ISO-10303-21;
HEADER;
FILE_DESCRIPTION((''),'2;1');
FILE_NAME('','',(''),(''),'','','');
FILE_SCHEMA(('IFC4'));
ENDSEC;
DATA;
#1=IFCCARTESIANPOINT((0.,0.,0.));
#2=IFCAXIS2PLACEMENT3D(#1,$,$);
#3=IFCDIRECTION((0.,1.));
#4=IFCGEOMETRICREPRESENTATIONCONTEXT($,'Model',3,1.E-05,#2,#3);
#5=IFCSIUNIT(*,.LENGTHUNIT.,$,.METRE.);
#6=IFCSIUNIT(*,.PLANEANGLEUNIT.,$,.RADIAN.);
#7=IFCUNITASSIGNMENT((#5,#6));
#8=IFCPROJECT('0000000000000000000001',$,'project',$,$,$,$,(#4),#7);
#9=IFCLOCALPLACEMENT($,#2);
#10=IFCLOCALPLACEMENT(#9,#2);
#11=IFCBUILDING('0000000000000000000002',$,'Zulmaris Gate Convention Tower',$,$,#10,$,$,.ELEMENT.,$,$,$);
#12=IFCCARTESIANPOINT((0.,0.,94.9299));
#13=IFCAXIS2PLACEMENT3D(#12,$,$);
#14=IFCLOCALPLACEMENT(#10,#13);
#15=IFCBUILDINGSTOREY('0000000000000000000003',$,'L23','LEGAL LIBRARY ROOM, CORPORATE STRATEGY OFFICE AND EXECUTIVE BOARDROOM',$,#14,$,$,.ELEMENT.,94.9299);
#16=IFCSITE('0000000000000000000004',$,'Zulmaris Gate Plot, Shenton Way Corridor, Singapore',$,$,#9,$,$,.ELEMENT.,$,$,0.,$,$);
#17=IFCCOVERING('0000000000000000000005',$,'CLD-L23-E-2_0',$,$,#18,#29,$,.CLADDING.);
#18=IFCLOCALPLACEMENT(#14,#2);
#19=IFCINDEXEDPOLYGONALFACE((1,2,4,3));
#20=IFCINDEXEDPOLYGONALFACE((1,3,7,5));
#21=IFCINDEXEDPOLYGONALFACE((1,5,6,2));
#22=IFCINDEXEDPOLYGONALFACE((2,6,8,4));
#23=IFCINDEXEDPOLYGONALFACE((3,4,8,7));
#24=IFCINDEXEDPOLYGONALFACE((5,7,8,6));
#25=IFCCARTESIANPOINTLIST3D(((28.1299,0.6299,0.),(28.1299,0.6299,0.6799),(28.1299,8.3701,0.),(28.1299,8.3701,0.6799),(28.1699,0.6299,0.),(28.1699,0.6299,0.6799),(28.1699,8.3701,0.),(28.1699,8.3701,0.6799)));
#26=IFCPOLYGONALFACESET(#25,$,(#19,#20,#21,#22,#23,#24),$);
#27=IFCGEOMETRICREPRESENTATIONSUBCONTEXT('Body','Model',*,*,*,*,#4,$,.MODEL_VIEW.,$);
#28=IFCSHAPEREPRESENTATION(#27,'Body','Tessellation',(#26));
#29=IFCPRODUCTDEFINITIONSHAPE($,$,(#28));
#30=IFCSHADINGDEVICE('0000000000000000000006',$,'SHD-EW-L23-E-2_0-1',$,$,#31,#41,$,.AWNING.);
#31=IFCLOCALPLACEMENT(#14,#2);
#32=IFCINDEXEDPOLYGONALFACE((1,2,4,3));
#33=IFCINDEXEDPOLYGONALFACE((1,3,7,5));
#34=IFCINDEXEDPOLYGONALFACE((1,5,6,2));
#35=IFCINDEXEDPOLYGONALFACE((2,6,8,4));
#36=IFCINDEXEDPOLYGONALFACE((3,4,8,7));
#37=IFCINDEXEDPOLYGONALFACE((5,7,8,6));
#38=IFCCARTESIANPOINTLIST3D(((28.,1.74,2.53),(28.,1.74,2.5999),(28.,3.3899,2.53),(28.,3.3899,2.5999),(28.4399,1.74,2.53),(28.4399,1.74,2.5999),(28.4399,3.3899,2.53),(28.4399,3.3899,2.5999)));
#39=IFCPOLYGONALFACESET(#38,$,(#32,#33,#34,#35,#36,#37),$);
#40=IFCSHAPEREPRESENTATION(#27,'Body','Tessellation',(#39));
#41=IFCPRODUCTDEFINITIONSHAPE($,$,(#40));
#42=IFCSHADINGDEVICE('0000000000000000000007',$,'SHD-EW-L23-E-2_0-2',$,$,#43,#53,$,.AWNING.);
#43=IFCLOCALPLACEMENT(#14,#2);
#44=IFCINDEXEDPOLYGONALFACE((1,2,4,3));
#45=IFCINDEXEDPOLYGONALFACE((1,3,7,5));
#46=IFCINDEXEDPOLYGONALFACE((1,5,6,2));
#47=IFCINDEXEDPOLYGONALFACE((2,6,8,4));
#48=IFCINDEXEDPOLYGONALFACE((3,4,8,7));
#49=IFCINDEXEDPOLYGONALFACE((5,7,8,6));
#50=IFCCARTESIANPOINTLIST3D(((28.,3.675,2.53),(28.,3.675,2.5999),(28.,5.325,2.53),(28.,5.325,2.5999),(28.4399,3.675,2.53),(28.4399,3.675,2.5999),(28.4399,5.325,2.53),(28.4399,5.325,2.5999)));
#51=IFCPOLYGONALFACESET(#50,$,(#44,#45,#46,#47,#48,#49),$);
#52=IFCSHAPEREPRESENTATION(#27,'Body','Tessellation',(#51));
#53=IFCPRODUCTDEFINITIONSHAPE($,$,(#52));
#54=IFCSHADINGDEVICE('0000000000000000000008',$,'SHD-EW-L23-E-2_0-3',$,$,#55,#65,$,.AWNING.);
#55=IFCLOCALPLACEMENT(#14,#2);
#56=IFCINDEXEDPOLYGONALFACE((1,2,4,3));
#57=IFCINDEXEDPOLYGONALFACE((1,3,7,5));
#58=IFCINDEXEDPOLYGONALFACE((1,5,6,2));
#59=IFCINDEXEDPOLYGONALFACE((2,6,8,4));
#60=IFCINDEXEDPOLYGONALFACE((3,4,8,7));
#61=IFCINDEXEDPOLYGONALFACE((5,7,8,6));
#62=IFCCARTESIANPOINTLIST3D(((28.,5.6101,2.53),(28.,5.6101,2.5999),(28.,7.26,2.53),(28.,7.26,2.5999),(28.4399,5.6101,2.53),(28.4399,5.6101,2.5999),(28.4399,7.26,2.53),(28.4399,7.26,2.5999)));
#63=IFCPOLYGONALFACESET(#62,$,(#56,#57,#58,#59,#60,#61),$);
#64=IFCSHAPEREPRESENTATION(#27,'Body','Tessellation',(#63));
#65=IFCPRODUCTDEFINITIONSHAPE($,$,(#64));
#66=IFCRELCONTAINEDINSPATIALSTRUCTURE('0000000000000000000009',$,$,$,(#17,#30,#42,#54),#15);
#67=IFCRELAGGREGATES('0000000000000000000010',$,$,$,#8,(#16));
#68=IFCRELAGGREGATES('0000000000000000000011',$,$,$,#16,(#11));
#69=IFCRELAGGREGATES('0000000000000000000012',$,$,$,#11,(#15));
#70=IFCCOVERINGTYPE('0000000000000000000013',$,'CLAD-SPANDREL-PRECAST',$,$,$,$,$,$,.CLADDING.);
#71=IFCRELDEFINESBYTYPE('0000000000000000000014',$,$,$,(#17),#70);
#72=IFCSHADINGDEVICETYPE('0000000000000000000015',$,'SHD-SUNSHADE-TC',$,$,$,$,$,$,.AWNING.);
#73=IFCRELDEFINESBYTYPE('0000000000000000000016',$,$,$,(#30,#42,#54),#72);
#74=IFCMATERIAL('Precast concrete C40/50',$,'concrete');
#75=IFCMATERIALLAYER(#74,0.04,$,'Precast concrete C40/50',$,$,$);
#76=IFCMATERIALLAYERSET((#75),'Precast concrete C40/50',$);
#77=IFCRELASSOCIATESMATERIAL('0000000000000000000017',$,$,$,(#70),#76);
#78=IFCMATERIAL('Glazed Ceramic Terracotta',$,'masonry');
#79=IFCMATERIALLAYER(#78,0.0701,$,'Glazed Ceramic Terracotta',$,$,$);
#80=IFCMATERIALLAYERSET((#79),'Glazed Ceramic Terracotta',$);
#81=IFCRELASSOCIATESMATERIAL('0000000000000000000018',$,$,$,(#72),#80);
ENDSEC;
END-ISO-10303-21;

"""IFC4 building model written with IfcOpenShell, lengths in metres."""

from ifc_helpers import new_model, si_unit, direction, frame, frame_2d, origin, place, context, subcontext, project, spatial, rectangle, extrude, material, layer, layer_set, type_object, element, save


model = new_model("IFC4")

# Units and contexts
model_context = context("Model", 3, precision=1e-05, world=origin(), true_north=direction((0.0, 1.0)))
body_context = subcontext(model_context, "Body", "Model", "MODEL_VIEW")
ifc_project = project(units=[si_unit("LENGTHUNIT", "METRE"), si_unit("PLANEANGLEUNIT", "RADIAN")], contexts=[model_context])

# Site, building, storey
site_placement = place(None, origin())
site = spatial("IfcSite", under=ifc_project, at=site_placement, Name="Zulmaris Gate Plot, Shenton Way Corridor, Singapore", CompositionType="ELEMENT", RefElevation=0.0)
building_placement = place(site_placement, origin())
building = spatial("IfcBuilding", under=site, at=building_placement, Name="Zulmaris Gate Convention Tower", CompositionType="ELEMENT")
storey_placement = place(building_placement, frame((0.0, 0.0, 94.9299)))
storey = spatial("IfcBuildingStorey", under=building, at=storey_placement, Name="L23", Description="LEGAL LIBRARY ROOM, CORPORATE STRATEGY OFFICE AND EXECUTIVE BOARDROOM", CompositionType="ELEMENT", Elevation=94.9299)

# Shared definitions
ifc_material_1 = material(Name="Precast concrete C40/50", Category="concrete")

# Covering
ifc_layer_1 = layer(ifc_material_1, 0.04, Name="Precast concrete C40/50")
ifc_layer_set_1 = layer_set([ifc_layer_1], Name="Precast concrete C40/50")
covering_type = type_object("IfcCoveringType", Name="CLAD-SPANDREL-PRECAST", PredefinedType="CLADDING", material=ifc_layer_set_1)
covering_placement = place(storey_placement, frame((28.1499, 0.6299, 0.0), z_axis=(0.0, 0.0, 1.0), x_axis=(0.0, 1.0, 0.0)))
element("IfcCovering", 1, at=covering_placement, inside=storey, type_object=covering_type, Name="CLD-L23-E-2_0", PredefinedType="CLADDING", context=body_context, shape_type="SweptSolid", body=[
    extrude(rectangle(XDim=7.7402, YDim=0.04, at=frame_2d((3.8701, 0.0))), origin(), (0.0, 0.0, 1.0), 0.6799),
])

# Shading devices
ifc_material_2 = material(Name="Glazed Ceramic Terracotta", Category="masonry")
ifc_layer_2 = layer(ifc_material_2, 0.0701, Name="Glazed Ceramic Terracotta")
ifc_layer_set_2 = layer_set([ifc_layer_2], Name="Glazed Ceramic Terracotta")
shading_device_type = type_object("IfcShadingDeviceType", Name="SHD-SUNSHADE-TC", PredefinedType="AWNING", material=ifc_layer_set_2)
for number, where, z_axis, x_axis, name in (
    (2, (28.22, 1.74, 2.53), (0.0, 0.0, 1.0), (0.0, 1.0, 0.0), "SHD-EW-L23-E-2_0-1"),
    (3, (28.22, 3.675, 2.53), (0.0, 0.0, 1.0), (0.0, 1.0, 0.0), "SHD-EW-L23-E-2_0-2"),
    (4, (28.22, 5.6101, 2.53), (0.0, 0.0, 1.0), (0.0, 1.0, 0.0), "SHD-EW-L23-E-2_0-3"),
):
    element("IfcShadingDevice", number, at=place(storey_placement, frame(where, z_axis=z_axis, x_axis=x_axis)), inside=storey, type_object=shading_device_type, Name=name, PredefinedType="AWNING", context=body_context, shape_type="SweptSolid", body=[
        extrude(rectangle(XDim=1.6499, YDim=0.4399, at=frame_2d((0.825, 0.0))), origin(), (0.0, 0.0, 1.0), 0.0698),
    ])

save(model, "model.ifc")
